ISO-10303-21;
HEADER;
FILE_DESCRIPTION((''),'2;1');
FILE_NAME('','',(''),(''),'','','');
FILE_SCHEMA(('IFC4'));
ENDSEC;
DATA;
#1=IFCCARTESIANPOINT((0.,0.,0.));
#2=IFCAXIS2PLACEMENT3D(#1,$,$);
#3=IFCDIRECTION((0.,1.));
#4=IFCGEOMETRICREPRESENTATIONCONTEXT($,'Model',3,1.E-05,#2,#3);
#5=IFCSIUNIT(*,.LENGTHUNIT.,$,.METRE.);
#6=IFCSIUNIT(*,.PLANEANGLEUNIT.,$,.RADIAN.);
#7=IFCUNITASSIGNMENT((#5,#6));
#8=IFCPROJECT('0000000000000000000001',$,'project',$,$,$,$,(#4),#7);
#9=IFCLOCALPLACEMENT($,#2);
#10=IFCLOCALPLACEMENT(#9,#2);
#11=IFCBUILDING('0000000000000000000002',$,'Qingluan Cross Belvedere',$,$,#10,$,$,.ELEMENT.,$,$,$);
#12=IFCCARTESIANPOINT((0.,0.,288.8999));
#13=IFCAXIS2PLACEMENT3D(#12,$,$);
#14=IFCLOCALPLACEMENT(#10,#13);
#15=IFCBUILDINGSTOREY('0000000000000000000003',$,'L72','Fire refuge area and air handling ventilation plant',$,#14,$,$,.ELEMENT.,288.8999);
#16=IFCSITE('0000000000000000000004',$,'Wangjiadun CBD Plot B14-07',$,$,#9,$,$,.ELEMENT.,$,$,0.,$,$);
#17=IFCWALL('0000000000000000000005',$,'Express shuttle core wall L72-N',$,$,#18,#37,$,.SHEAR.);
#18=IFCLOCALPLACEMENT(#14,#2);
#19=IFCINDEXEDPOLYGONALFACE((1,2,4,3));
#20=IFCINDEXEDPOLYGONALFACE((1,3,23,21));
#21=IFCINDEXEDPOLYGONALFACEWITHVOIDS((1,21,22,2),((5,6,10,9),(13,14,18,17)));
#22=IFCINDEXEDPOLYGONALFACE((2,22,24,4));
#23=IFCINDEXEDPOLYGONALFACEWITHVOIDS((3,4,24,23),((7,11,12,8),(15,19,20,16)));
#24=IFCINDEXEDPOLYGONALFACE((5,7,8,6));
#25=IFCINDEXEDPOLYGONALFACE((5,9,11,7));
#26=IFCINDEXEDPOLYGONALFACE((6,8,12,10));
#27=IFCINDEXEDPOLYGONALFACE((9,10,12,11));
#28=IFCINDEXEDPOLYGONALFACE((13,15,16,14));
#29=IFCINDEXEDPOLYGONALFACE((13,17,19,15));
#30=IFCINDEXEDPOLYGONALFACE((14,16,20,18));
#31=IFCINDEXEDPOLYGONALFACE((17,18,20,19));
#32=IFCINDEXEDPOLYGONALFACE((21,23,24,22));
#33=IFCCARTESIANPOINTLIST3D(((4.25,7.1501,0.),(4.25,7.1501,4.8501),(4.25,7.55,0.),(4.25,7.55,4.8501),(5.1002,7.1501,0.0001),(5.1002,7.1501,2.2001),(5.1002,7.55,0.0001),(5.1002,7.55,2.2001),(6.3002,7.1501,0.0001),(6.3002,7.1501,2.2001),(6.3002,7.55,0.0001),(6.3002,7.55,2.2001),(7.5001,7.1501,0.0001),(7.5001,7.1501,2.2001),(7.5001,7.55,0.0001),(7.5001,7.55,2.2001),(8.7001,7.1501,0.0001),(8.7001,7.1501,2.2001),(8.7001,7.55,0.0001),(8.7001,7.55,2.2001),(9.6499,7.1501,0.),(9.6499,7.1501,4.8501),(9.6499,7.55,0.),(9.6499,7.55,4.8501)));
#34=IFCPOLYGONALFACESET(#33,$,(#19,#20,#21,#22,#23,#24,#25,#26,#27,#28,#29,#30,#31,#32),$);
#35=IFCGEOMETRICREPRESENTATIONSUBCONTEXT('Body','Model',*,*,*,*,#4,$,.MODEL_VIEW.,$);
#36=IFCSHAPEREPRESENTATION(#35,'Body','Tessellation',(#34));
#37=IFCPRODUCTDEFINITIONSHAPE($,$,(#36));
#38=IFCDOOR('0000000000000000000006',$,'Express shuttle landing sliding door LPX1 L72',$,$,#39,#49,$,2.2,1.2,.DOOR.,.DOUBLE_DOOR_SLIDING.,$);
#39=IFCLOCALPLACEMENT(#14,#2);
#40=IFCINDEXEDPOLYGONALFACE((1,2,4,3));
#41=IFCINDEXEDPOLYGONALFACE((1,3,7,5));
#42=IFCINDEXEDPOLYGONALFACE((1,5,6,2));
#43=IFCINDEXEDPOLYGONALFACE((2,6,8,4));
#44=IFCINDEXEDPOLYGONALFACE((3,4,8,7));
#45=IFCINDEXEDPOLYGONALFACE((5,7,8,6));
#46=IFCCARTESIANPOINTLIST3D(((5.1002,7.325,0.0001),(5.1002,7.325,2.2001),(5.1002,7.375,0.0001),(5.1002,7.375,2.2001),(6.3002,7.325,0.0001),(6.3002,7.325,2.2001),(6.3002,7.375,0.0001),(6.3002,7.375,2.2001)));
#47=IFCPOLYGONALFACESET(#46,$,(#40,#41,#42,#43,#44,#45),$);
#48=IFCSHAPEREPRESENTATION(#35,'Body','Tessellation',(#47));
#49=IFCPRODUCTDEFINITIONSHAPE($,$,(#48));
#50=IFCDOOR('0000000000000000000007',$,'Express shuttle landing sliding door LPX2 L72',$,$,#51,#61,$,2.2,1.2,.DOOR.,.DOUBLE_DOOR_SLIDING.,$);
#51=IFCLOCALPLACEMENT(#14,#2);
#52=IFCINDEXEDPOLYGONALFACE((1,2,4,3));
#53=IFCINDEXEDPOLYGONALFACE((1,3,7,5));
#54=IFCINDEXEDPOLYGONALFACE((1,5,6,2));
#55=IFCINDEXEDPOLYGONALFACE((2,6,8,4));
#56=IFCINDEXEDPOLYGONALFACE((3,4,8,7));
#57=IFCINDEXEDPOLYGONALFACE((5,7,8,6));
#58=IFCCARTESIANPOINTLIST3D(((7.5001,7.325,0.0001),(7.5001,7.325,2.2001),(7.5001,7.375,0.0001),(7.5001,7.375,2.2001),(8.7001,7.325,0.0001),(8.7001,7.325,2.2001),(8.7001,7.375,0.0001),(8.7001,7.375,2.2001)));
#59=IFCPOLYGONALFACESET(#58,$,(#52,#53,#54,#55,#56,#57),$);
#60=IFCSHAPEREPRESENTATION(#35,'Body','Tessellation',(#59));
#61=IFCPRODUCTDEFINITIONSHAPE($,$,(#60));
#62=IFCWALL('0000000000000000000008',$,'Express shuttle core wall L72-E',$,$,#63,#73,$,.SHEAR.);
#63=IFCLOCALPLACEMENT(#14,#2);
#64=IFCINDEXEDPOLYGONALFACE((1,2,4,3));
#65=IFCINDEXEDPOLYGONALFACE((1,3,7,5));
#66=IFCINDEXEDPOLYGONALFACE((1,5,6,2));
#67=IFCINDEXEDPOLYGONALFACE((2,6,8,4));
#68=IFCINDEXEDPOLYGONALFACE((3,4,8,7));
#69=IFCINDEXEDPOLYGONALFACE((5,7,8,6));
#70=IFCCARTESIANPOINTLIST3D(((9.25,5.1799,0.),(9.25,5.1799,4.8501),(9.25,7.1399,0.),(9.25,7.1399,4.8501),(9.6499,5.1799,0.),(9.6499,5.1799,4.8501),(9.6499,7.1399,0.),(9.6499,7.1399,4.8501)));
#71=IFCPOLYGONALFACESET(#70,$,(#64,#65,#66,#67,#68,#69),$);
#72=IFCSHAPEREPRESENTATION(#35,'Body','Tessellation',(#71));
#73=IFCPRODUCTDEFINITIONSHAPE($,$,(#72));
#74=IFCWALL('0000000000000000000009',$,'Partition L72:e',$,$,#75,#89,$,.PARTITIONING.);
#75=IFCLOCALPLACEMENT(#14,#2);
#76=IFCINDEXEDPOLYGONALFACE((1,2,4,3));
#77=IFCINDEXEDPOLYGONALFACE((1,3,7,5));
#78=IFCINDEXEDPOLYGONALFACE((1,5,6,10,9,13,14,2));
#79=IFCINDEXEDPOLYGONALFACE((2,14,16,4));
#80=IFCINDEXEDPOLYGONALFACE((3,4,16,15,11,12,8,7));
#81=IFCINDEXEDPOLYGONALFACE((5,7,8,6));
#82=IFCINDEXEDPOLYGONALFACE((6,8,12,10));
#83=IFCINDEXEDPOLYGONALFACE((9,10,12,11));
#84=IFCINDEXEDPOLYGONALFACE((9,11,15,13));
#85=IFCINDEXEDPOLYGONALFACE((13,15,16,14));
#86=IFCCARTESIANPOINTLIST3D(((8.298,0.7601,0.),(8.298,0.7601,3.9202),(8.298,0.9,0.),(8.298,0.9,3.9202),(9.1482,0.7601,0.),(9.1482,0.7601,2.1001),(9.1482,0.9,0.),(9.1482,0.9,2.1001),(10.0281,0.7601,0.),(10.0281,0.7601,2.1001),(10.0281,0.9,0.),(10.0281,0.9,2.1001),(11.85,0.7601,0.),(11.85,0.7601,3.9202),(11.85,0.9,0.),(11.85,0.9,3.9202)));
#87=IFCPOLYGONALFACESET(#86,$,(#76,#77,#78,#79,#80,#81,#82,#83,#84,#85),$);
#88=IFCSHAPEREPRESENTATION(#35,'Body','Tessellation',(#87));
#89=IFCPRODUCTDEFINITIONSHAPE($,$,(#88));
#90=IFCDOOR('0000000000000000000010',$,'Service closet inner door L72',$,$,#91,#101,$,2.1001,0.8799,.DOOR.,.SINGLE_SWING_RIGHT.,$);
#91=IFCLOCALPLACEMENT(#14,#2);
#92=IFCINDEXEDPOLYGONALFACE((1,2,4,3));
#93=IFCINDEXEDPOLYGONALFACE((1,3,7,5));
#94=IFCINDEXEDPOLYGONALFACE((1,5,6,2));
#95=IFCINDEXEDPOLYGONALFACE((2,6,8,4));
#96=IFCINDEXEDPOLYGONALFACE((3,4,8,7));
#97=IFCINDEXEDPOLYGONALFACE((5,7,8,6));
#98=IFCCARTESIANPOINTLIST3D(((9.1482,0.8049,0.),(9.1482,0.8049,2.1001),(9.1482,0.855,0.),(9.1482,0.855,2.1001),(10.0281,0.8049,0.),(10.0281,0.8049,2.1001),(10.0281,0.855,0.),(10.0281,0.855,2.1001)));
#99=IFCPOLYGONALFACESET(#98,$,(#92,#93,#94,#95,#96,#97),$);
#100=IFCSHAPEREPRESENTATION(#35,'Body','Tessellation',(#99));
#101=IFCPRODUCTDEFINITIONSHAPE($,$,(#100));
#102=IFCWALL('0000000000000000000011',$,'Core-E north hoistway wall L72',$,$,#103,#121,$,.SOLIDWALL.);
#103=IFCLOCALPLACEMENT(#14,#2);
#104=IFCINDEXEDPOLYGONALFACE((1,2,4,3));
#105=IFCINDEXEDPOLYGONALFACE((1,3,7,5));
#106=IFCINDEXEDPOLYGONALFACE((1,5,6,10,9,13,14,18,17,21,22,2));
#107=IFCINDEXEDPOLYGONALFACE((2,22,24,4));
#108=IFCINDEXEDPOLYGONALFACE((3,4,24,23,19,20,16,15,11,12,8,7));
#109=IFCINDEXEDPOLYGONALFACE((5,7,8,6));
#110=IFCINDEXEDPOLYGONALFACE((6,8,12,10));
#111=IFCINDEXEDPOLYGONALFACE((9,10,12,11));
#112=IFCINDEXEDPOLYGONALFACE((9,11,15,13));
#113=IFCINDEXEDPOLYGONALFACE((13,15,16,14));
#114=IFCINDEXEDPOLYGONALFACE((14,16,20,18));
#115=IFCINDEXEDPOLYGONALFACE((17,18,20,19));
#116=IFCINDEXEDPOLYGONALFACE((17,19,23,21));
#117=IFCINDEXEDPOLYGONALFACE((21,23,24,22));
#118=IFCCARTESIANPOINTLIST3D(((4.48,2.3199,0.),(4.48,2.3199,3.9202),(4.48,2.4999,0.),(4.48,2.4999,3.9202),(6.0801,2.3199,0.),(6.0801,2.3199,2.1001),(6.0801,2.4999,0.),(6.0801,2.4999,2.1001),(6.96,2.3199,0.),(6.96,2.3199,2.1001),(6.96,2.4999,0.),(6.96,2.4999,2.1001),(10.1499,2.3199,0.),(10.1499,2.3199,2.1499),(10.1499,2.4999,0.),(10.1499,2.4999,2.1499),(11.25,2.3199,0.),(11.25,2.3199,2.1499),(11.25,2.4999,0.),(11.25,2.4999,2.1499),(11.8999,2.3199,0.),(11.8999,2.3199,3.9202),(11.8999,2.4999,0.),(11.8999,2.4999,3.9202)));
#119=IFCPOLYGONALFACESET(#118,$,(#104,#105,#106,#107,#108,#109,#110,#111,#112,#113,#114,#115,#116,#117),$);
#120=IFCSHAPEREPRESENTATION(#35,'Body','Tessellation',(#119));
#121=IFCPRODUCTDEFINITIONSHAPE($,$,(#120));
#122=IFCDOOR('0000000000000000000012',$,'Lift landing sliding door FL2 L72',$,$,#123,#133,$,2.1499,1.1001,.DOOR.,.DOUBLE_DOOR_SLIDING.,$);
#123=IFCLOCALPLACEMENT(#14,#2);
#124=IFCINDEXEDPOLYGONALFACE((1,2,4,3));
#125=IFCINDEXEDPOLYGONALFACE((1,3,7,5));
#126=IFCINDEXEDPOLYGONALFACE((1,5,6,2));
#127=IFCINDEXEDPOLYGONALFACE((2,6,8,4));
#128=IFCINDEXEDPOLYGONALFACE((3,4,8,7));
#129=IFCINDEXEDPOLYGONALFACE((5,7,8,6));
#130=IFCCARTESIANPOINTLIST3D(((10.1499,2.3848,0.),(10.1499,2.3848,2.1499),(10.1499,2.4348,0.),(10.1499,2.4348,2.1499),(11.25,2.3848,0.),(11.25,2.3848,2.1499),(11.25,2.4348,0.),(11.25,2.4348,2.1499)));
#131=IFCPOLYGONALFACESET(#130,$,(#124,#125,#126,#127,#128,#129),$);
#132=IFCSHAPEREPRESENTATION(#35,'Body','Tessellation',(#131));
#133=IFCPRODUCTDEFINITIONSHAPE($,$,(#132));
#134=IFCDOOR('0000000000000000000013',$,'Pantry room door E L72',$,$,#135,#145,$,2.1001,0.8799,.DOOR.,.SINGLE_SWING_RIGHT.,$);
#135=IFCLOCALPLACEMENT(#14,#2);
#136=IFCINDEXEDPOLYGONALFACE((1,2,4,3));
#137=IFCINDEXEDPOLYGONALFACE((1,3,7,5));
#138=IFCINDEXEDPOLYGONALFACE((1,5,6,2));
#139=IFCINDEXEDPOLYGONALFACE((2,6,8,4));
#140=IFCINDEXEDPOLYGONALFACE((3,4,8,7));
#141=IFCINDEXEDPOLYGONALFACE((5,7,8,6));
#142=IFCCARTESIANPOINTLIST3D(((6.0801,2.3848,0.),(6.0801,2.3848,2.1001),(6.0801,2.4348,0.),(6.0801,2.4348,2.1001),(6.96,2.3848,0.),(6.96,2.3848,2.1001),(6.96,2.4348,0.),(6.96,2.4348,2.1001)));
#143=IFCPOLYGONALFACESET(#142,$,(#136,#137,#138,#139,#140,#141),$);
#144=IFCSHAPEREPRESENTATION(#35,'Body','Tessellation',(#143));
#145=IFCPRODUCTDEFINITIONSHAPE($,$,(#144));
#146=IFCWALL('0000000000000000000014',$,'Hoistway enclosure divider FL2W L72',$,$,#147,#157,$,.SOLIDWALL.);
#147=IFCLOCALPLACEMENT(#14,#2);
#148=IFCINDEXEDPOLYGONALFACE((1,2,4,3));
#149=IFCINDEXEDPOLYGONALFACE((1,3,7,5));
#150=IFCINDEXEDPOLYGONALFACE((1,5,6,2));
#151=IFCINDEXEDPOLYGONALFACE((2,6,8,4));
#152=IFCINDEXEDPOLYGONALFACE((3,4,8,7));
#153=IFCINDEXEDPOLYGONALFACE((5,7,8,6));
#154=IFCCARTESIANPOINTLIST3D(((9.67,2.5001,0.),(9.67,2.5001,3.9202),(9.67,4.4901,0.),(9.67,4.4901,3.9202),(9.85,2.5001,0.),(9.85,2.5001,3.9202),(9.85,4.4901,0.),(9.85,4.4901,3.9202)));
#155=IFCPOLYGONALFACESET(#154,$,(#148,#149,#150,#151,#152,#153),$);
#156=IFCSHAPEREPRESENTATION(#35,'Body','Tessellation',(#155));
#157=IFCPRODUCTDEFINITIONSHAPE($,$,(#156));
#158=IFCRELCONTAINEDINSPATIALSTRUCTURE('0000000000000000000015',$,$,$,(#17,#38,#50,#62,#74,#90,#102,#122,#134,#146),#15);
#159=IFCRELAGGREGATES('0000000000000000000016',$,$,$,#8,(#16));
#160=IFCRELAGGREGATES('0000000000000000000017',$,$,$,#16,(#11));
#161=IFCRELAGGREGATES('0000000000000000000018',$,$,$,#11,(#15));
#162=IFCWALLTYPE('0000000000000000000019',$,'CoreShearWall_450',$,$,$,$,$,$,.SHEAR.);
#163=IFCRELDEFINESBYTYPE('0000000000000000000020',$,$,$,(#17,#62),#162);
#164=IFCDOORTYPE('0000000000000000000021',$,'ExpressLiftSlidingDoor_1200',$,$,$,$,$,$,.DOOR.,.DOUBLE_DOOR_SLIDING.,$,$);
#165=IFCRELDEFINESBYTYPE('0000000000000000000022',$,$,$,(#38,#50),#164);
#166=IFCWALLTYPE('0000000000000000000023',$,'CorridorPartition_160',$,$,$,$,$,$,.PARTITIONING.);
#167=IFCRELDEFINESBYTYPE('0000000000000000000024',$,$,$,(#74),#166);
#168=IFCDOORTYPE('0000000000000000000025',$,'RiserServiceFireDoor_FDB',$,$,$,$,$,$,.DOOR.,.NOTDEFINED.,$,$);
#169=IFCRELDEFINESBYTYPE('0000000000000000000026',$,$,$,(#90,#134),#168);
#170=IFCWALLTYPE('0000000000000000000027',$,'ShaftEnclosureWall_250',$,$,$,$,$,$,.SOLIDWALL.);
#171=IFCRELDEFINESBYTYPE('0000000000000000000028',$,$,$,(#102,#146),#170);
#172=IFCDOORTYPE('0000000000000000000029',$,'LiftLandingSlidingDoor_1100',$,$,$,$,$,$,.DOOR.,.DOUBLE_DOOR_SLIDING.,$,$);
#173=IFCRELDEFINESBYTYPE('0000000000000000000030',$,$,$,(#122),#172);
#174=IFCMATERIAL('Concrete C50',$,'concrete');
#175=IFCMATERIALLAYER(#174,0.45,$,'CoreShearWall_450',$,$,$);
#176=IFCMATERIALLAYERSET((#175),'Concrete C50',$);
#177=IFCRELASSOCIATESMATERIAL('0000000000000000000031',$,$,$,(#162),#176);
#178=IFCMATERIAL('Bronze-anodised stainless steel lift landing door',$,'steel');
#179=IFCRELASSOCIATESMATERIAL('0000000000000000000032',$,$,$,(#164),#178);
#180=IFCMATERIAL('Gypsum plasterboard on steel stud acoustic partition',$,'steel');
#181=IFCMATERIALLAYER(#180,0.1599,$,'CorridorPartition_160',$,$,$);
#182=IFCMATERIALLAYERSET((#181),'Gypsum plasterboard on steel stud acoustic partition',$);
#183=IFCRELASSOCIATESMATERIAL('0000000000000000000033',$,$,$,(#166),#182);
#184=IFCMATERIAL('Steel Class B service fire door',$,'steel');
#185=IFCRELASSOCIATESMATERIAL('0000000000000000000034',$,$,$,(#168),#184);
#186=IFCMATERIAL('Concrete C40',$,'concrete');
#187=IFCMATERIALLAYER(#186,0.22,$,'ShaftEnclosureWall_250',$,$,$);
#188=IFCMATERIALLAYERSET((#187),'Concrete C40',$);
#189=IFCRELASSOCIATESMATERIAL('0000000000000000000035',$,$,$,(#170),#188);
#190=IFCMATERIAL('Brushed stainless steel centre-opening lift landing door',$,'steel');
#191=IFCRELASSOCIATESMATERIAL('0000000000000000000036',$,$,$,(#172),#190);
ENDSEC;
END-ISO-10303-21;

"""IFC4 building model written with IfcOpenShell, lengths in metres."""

from ifc_helpers import new_model, si_unit, direction, frame, frame_2d, origin, place, context, subcontext, project, spatial, rectangle, extrude, material, layer, layer_set, type_object, element, fill, save


model = new_model("IFC4")

# Units and contexts
model_context = context("Model", 3, precision=1e-05, world=origin(), true_north=direction((0.0, 1.0)))
body_context = subcontext(model_context, "Body", "Model", "MODEL_VIEW")
ifc_project = project(units=[si_unit("LENGTHUNIT", "METRE"), si_unit("PLANEANGLEUNIT", "RADIAN")], contexts=[model_context])

# Site, building, storey
site_placement = place(None, origin())
site = spatial("IfcSite", under=ifc_project, at=site_placement, Name="Wangjiadun CBD Plot B14-07", CompositionType="ELEMENT", RefElevation=0.0)
building_placement = place(site_placement, origin())
building = spatial("IfcBuilding", under=site, at=building_placement, Name="Qingluan Cross Belvedere", CompositionType="ELEMENT")
storey_placement = place(building_placement, frame((0.0, 0.0, 288.8999)))
storey = spatial("IfcBuildingStorey", under=building, at=storey_placement, Name="L72", Description="Fire refuge area and air handling ventilation plant", CompositionType="ELEMENT", Elevation=288.8999)

# Shared definitions
ifc_material_1 = material(Name="Concrete C50", Category="concrete")
ifc_layer_1 = layer(ifc_material_1, 0.45, Name="CoreShearWall_450")
ifc_layer_set_1 = layer_set([ifc_layer_1], Name="Concrete C50")
wall_type_1 = type_object("IfcWallType", Name="CoreShearWall_450", PredefinedType="SHEAR", material=ifc_layer_set_1)

# Wall, openings, doors
wall_1_placement = place(storey_placement, frame((4.25, 7.3501, 0.0), z_axis=(0.0, 0.0, 1.0), x_axis=(1.0, 0.0, 0.0)))
wall_1 = element("IfcWall", 1, at=wall_1_placement, inside=storey, type_object=wall_type_1, Name="Express shuttle core wall L72-N", PredefinedType="SHEAR", context=body_context, shape_type="SweptSolid", body=[
    extrude(rectangle(XDim=5.3999, YDim=0.3999, at=frame_2d((2.7, 0.0))), origin(), (0.0, 0.0, 1.0), 4.8501),
])
opening_1_placement = place(wall_1_placement, frame((0.8501, 0.0, 0.0)))
opening_1 = element("IfcOpeningElement", 2, at=opening_1_placement, cuts=wall_1, PredefinedType="OPENING", context=body_context, shape_type="SweptSolid", body=[
    extrude(rectangle(XDim=1.2, YDim=2.2, at=frame_2d((0.6001, 1.1001))), frame((0.0, 0.21, 0.0), z_axis=(0.0, -1.0, 0.0), x_axis=(1.0, 0.0, 0.0)), (0.0, 0.0, 1.0), 0.4199),
])
opening_2_placement = place(wall_1_placement, frame((3.25, 0.0, 0.0)))
opening_2 = element("IfcOpeningElement", 3, at=opening_2_placement, cuts=wall_1, PredefinedType="OPENING", context=body_context, shape_type="SweptSolid", body=[
    extrude(rectangle(XDim=1.2, YDim=2.2, at=frame_2d((0.6001, 1.1001))), frame((0.0, 0.21, 0.0), z_axis=(0.0, -1.0, 0.0), x_axis=(1.0, 0.0, 0.0)), (0.0, 0.0, 1.0), 0.4199),
])
ifc_material_2 = material(Name="Bronze-anodised stainless steel lift landing door", Category="steel")
door_type_1 = type_object("IfcDoorType", Name="ExpressLiftSlidingDoor_1200", OperationType="DOUBLE_DOOR_SLIDING", PredefinedType="DOOR", material=ifc_material_2)
door_1_placement = place(opening_1_placement, origin())
door_1 = element("IfcDoor", 4, at=door_1_placement, inside=storey, type_object=door_type_1, Name="Express shuttle landing sliding door LPX1 L72", OperationType="DOUBLE_DOOR_SLIDING", OverallHeight=2.2, OverallWidth=1.2, PredefinedType="DOOR", context=body_context, shape_type="SweptSolid", body=[
    extrude(rectangle(XDim=1.2, YDim=2.2, at=frame_2d((0.6001, 1.1001))), frame((0.0, 0.0249, 0.0), z_axis=(0.0, -1.0, 0.0), x_axis=(1.0, 0.0, 0.0)), (0.0, 0.0, 1.0), 0.05),
])
fill(opening_1, door_1)
door_2_placement = place(opening_2_placement, origin())
door_2 = element("IfcDoor", 5, at=door_2_placement, inside=storey, type_object=door_type_1, Name="Express shuttle landing sliding door LPX2 L72", OperationType="DOUBLE_DOOR_SLIDING", OverallHeight=2.2, OverallWidth=1.2, PredefinedType="DOOR", context=body_context, shape_type="SweptSolid", body=[
    extrude(rectangle(XDim=1.2, YDim=2.2, at=frame_2d((0.6001, 1.1001))), frame((0.0, 0.0249, 0.0), z_axis=(0.0, -1.0, 0.0), x_axis=(1.0, 0.0, 0.0)), (0.0, 0.0, 1.0), 0.05),
])
fill(opening_2, door_2)

# Wall
wall_2_placement = place(storey_placement, frame((9.45, 5.1799, 0.0), z_axis=(0.0, 0.0, 1.0), x_axis=(0.0, 1.0, 0.0)))
element("IfcWall", 6, at=wall_2_placement, inside=storey, type_object=wall_type_1, Name="Express shuttle core wall L72-E", PredefinedType="SHEAR", context=body_context, shape_type="SweptSolid", body=[
    extrude(rectangle(XDim=1.96, YDim=0.3999, at=frame_2d((0.98, 0.0))), origin(), (0.0, 0.0, 1.0), 4.8501),
])

# Wall, opening, door
ifc_material_3 = material(Name="Gypsum plasterboard on steel stud acoustic partition", Category="steel")
ifc_layer_2 = layer(ifc_material_3, 0.1599, Name="CorridorPartition_160")
ifc_layer_set_2 = layer_set([ifc_layer_2], Name="Gypsum plasterboard on steel stud acoustic partition")
wall_type_2 = type_object("IfcWallType", Name="CorridorPartition_160", PredefinedType="PARTITIONING", material=ifc_layer_set_2)
wall_3_placement = place(storey_placement, frame((8.2981, 0.8301, 0.0), z_axis=(0.0, 0.0, 1.0), x_axis=(1.0, 0.0, 0.0)))
wall_3 = element("IfcWall", 7, at=wall_3_placement, inside=storey, type_object=wall_type_2, Name="Partition L72:e", PredefinedType="PARTITIONING", context=body_context, shape_type="SweptSolid", body=[
    extrude(rectangle(XDim=3.552, YDim=0.1399, at=frame_2d((1.7759, 0.0))), origin(), (0.0, 0.0, 1.0), 3.9202),
])
opening_3_placement = place(wall_3_placement, frame((0.8501, 0.0, 0.0)))
opening_3 = element("IfcOpeningElement", 8, at=opening_3_placement, cuts=wall_3, PredefinedType="OPENING", context=body_context, shape_type="SweptSolid", body=[
    extrude(rectangle(XDim=0.8799, YDim=2.1001, at=frame_2d((0.4399, 1.05))), frame((0.0, 0.0798, 0.0), z_axis=(0.0, -1.0, 0.0), x_axis=(1.0, 0.0, 0.0)), (0.0, 0.0, 1.0), 0.1599),
])
ifc_material_4 = material(Name="Steel Class B service fire door", Category="steel")
door_type_2 = type_object("IfcDoorType", Name="RiserServiceFireDoor_FDB", OperationType="NOTDEFINED", PredefinedType="DOOR", material=ifc_material_4)
door_3_placement = place(opening_3_placement, origin())
door_3 = element("IfcDoor", 9, at=door_3_placement, inside=storey, type_object=door_type_2, Name="Service closet inner door L72", OperationType="SINGLE_SWING_RIGHT", OverallHeight=2.1001, OverallWidth=0.8799, PredefinedType="DOOR", context=body_context, shape_type="SweptSolid", body=[
    extrude(rectangle(XDim=0.8799, YDim=2.1001, at=frame_2d((0.4399, 1.05))), frame((0.0, 0.0249, 0.0), z_axis=(0.0, -1.0, 0.0), x_axis=(1.0, 0.0, 0.0)), (0.0, 0.0, 1.0), 0.05),
])
fill(opening_3, door_3)

# Wall, openings, doors
ifc_material_5 = material(Name="Concrete C40", Category="concrete")
ifc_layer_3 = layer(ifc_material_5, 0.22, Name="ShaftEnclosureWall_250")
ifc_layer_set_3 = layer_set([ifc_layer_3], Name="Concrete C40")
wall_type_3 = type_object("IfcWallType", Name="ShaftEnclosureWall_250", PredefinedType="SOLIDWALL", material=ifc_layer_set_3)
wall_4_placement = place(storey_placement, frame((4.48, 2.4099, 0.0), z_axis=(0.0, 0.0, 1.0), x_axis=(1.0, 0.0, 0.0)))
wall_4 = element("IfcWall", 10, at=wall_4_placement, inside=storey, type_object=wall_type_3, Name="Core-E north hoistway wall L72", PredefinedType="SOLIDWALL", context=body_context, shape_type="SweptSolid", body=[
    extrude(rectangle(XDim=7.4199, YDim=0.1799, at=frame_2d((3.71, 0.0))), origin(), (0.0, 0.0, 1.0), 3.9202),
])
opening_4_placement = place(wall_4_placement, frame((5.6699, 0.0, 0.0)))
opening_4 = element("IfcOpeningElement", 11, at=opening_4_placement, cuts=wall_4, PredefinedType="OPENING", context=body_context, shape_type="SweptSolid", body=[
    extrude(rectangle(XDim=1.1001, YDim=2.1499, at=frame_2d((0.55, 1.075))), frame((0.0, 0.0999, 0.0), z_axis=(0.0, -1.0, 0.0), x_axis=(1.0, 0.0, 0.0)), (0.0, 0.0, 1.0), 0.2),
])
opening_5_placement = place(wall_4_placement, frame((1.6001, 0.0, 0.0)))
opening_5 = element("IfcOpeningElement", 12, at=opening_5_placement, cuts=wall_4, PredefinedType="OPENING", context=body_context, shape_type="SweptSolid", body=[
    extrude(rectangle(XDim=0.8799, YDim=2.1001, at=frame_2d((0.4399, 1.05))), frame((0.0, 0.0999, 0.0), z_axis=(0.0, -1.0, 0.0), x_axis=(1.0, 0.0, 0.0)), (0.0, 0.0, 1.0), 0.2),
])
ifc_material_6 = material(Name="Brushed stainless steel centre-opening lift landing door", Category="steel")
door_type_3 = type_object("IfcDoorType", Name="LiftLandingSlidingDoor_1100", OperationType="DOUBLE_DOOR_SLIDING", PredefinedType="DOOR", material=ifc_material_6)
door_4_placement = place(opening_4_placement, origin())
door_4 = element("IfcDoor", 13, at=door_4_placement, inside=storey, type_object=door_type_3, Name="Lift landing sliding door FL2 L72", OperationType="DOUBLE_DOOR_SLIDING", OverallHeight=2.1499, OverallWidth=1.1001, PredefinedType="DOOR", context=body_context, shape_type="SweptSolid", body=[
    extrude(rectangle(XDim=1.1001, YDim=2.1499, at=frame_2d((0.55, 1.075))), frame((0.0, 0.0249, 0.0), z_axis=(0.0, -1.0, 0.0), x_axis=(1.0, 0.0, 0.0)), (0.0, 0.0, 1.0), 0.05),
])
fill(opening_4, door_4)
door_5_placement = place(opening_5_placement, origin())
door_5 = element("IfcDoor", 14, at=door_5_placement, inside=storey, type_object=door_type_2, Name="Pantry room door E L72", OperationType="SINGLE_SWING_RIGHT", OverallHeight=2.1001, OverallWidth=0.8799, PredefinedType="DOOR", context=body_context, shape_type="SweptSolid", body=[
    extrude(rectangle(XDim=0.8799, YDim=2.1001, at=frame_2d((0.4399, 1.05))), frame((0.0, 0.0249, 0.0), z_axis=(0.0, -1.0, 0.0), x_axis=(1.0, 0.0, 0.0)), (0.0, 0.0, 1.0), 0.05),
])
fill(opening_5, door_5)

# Wall
wall_5_placement = place(storey_placement, frame((9.76, 2.5, 0.0), z_axis=(0.0, 0.0, 1.0), x_axis=(0.0, 1.0, 0.0)))
element("IfcWall", 15, at=wall_5_placement, inside=storey, type_object=wall_type_3, Name="Hoistway enclosure divider FL2W L72", PredefinedType="SOLIDWALL", context=body_context, shape_type="SweptSolid", body=[
    extrude(rectangle(XDim=1.99, YDim=0.1799, at=frame_2d((0.9951, 0.0))), origin(), (0.0, 0.0, 1.0), 3.9202),
])

save(model, "model.ifc")
